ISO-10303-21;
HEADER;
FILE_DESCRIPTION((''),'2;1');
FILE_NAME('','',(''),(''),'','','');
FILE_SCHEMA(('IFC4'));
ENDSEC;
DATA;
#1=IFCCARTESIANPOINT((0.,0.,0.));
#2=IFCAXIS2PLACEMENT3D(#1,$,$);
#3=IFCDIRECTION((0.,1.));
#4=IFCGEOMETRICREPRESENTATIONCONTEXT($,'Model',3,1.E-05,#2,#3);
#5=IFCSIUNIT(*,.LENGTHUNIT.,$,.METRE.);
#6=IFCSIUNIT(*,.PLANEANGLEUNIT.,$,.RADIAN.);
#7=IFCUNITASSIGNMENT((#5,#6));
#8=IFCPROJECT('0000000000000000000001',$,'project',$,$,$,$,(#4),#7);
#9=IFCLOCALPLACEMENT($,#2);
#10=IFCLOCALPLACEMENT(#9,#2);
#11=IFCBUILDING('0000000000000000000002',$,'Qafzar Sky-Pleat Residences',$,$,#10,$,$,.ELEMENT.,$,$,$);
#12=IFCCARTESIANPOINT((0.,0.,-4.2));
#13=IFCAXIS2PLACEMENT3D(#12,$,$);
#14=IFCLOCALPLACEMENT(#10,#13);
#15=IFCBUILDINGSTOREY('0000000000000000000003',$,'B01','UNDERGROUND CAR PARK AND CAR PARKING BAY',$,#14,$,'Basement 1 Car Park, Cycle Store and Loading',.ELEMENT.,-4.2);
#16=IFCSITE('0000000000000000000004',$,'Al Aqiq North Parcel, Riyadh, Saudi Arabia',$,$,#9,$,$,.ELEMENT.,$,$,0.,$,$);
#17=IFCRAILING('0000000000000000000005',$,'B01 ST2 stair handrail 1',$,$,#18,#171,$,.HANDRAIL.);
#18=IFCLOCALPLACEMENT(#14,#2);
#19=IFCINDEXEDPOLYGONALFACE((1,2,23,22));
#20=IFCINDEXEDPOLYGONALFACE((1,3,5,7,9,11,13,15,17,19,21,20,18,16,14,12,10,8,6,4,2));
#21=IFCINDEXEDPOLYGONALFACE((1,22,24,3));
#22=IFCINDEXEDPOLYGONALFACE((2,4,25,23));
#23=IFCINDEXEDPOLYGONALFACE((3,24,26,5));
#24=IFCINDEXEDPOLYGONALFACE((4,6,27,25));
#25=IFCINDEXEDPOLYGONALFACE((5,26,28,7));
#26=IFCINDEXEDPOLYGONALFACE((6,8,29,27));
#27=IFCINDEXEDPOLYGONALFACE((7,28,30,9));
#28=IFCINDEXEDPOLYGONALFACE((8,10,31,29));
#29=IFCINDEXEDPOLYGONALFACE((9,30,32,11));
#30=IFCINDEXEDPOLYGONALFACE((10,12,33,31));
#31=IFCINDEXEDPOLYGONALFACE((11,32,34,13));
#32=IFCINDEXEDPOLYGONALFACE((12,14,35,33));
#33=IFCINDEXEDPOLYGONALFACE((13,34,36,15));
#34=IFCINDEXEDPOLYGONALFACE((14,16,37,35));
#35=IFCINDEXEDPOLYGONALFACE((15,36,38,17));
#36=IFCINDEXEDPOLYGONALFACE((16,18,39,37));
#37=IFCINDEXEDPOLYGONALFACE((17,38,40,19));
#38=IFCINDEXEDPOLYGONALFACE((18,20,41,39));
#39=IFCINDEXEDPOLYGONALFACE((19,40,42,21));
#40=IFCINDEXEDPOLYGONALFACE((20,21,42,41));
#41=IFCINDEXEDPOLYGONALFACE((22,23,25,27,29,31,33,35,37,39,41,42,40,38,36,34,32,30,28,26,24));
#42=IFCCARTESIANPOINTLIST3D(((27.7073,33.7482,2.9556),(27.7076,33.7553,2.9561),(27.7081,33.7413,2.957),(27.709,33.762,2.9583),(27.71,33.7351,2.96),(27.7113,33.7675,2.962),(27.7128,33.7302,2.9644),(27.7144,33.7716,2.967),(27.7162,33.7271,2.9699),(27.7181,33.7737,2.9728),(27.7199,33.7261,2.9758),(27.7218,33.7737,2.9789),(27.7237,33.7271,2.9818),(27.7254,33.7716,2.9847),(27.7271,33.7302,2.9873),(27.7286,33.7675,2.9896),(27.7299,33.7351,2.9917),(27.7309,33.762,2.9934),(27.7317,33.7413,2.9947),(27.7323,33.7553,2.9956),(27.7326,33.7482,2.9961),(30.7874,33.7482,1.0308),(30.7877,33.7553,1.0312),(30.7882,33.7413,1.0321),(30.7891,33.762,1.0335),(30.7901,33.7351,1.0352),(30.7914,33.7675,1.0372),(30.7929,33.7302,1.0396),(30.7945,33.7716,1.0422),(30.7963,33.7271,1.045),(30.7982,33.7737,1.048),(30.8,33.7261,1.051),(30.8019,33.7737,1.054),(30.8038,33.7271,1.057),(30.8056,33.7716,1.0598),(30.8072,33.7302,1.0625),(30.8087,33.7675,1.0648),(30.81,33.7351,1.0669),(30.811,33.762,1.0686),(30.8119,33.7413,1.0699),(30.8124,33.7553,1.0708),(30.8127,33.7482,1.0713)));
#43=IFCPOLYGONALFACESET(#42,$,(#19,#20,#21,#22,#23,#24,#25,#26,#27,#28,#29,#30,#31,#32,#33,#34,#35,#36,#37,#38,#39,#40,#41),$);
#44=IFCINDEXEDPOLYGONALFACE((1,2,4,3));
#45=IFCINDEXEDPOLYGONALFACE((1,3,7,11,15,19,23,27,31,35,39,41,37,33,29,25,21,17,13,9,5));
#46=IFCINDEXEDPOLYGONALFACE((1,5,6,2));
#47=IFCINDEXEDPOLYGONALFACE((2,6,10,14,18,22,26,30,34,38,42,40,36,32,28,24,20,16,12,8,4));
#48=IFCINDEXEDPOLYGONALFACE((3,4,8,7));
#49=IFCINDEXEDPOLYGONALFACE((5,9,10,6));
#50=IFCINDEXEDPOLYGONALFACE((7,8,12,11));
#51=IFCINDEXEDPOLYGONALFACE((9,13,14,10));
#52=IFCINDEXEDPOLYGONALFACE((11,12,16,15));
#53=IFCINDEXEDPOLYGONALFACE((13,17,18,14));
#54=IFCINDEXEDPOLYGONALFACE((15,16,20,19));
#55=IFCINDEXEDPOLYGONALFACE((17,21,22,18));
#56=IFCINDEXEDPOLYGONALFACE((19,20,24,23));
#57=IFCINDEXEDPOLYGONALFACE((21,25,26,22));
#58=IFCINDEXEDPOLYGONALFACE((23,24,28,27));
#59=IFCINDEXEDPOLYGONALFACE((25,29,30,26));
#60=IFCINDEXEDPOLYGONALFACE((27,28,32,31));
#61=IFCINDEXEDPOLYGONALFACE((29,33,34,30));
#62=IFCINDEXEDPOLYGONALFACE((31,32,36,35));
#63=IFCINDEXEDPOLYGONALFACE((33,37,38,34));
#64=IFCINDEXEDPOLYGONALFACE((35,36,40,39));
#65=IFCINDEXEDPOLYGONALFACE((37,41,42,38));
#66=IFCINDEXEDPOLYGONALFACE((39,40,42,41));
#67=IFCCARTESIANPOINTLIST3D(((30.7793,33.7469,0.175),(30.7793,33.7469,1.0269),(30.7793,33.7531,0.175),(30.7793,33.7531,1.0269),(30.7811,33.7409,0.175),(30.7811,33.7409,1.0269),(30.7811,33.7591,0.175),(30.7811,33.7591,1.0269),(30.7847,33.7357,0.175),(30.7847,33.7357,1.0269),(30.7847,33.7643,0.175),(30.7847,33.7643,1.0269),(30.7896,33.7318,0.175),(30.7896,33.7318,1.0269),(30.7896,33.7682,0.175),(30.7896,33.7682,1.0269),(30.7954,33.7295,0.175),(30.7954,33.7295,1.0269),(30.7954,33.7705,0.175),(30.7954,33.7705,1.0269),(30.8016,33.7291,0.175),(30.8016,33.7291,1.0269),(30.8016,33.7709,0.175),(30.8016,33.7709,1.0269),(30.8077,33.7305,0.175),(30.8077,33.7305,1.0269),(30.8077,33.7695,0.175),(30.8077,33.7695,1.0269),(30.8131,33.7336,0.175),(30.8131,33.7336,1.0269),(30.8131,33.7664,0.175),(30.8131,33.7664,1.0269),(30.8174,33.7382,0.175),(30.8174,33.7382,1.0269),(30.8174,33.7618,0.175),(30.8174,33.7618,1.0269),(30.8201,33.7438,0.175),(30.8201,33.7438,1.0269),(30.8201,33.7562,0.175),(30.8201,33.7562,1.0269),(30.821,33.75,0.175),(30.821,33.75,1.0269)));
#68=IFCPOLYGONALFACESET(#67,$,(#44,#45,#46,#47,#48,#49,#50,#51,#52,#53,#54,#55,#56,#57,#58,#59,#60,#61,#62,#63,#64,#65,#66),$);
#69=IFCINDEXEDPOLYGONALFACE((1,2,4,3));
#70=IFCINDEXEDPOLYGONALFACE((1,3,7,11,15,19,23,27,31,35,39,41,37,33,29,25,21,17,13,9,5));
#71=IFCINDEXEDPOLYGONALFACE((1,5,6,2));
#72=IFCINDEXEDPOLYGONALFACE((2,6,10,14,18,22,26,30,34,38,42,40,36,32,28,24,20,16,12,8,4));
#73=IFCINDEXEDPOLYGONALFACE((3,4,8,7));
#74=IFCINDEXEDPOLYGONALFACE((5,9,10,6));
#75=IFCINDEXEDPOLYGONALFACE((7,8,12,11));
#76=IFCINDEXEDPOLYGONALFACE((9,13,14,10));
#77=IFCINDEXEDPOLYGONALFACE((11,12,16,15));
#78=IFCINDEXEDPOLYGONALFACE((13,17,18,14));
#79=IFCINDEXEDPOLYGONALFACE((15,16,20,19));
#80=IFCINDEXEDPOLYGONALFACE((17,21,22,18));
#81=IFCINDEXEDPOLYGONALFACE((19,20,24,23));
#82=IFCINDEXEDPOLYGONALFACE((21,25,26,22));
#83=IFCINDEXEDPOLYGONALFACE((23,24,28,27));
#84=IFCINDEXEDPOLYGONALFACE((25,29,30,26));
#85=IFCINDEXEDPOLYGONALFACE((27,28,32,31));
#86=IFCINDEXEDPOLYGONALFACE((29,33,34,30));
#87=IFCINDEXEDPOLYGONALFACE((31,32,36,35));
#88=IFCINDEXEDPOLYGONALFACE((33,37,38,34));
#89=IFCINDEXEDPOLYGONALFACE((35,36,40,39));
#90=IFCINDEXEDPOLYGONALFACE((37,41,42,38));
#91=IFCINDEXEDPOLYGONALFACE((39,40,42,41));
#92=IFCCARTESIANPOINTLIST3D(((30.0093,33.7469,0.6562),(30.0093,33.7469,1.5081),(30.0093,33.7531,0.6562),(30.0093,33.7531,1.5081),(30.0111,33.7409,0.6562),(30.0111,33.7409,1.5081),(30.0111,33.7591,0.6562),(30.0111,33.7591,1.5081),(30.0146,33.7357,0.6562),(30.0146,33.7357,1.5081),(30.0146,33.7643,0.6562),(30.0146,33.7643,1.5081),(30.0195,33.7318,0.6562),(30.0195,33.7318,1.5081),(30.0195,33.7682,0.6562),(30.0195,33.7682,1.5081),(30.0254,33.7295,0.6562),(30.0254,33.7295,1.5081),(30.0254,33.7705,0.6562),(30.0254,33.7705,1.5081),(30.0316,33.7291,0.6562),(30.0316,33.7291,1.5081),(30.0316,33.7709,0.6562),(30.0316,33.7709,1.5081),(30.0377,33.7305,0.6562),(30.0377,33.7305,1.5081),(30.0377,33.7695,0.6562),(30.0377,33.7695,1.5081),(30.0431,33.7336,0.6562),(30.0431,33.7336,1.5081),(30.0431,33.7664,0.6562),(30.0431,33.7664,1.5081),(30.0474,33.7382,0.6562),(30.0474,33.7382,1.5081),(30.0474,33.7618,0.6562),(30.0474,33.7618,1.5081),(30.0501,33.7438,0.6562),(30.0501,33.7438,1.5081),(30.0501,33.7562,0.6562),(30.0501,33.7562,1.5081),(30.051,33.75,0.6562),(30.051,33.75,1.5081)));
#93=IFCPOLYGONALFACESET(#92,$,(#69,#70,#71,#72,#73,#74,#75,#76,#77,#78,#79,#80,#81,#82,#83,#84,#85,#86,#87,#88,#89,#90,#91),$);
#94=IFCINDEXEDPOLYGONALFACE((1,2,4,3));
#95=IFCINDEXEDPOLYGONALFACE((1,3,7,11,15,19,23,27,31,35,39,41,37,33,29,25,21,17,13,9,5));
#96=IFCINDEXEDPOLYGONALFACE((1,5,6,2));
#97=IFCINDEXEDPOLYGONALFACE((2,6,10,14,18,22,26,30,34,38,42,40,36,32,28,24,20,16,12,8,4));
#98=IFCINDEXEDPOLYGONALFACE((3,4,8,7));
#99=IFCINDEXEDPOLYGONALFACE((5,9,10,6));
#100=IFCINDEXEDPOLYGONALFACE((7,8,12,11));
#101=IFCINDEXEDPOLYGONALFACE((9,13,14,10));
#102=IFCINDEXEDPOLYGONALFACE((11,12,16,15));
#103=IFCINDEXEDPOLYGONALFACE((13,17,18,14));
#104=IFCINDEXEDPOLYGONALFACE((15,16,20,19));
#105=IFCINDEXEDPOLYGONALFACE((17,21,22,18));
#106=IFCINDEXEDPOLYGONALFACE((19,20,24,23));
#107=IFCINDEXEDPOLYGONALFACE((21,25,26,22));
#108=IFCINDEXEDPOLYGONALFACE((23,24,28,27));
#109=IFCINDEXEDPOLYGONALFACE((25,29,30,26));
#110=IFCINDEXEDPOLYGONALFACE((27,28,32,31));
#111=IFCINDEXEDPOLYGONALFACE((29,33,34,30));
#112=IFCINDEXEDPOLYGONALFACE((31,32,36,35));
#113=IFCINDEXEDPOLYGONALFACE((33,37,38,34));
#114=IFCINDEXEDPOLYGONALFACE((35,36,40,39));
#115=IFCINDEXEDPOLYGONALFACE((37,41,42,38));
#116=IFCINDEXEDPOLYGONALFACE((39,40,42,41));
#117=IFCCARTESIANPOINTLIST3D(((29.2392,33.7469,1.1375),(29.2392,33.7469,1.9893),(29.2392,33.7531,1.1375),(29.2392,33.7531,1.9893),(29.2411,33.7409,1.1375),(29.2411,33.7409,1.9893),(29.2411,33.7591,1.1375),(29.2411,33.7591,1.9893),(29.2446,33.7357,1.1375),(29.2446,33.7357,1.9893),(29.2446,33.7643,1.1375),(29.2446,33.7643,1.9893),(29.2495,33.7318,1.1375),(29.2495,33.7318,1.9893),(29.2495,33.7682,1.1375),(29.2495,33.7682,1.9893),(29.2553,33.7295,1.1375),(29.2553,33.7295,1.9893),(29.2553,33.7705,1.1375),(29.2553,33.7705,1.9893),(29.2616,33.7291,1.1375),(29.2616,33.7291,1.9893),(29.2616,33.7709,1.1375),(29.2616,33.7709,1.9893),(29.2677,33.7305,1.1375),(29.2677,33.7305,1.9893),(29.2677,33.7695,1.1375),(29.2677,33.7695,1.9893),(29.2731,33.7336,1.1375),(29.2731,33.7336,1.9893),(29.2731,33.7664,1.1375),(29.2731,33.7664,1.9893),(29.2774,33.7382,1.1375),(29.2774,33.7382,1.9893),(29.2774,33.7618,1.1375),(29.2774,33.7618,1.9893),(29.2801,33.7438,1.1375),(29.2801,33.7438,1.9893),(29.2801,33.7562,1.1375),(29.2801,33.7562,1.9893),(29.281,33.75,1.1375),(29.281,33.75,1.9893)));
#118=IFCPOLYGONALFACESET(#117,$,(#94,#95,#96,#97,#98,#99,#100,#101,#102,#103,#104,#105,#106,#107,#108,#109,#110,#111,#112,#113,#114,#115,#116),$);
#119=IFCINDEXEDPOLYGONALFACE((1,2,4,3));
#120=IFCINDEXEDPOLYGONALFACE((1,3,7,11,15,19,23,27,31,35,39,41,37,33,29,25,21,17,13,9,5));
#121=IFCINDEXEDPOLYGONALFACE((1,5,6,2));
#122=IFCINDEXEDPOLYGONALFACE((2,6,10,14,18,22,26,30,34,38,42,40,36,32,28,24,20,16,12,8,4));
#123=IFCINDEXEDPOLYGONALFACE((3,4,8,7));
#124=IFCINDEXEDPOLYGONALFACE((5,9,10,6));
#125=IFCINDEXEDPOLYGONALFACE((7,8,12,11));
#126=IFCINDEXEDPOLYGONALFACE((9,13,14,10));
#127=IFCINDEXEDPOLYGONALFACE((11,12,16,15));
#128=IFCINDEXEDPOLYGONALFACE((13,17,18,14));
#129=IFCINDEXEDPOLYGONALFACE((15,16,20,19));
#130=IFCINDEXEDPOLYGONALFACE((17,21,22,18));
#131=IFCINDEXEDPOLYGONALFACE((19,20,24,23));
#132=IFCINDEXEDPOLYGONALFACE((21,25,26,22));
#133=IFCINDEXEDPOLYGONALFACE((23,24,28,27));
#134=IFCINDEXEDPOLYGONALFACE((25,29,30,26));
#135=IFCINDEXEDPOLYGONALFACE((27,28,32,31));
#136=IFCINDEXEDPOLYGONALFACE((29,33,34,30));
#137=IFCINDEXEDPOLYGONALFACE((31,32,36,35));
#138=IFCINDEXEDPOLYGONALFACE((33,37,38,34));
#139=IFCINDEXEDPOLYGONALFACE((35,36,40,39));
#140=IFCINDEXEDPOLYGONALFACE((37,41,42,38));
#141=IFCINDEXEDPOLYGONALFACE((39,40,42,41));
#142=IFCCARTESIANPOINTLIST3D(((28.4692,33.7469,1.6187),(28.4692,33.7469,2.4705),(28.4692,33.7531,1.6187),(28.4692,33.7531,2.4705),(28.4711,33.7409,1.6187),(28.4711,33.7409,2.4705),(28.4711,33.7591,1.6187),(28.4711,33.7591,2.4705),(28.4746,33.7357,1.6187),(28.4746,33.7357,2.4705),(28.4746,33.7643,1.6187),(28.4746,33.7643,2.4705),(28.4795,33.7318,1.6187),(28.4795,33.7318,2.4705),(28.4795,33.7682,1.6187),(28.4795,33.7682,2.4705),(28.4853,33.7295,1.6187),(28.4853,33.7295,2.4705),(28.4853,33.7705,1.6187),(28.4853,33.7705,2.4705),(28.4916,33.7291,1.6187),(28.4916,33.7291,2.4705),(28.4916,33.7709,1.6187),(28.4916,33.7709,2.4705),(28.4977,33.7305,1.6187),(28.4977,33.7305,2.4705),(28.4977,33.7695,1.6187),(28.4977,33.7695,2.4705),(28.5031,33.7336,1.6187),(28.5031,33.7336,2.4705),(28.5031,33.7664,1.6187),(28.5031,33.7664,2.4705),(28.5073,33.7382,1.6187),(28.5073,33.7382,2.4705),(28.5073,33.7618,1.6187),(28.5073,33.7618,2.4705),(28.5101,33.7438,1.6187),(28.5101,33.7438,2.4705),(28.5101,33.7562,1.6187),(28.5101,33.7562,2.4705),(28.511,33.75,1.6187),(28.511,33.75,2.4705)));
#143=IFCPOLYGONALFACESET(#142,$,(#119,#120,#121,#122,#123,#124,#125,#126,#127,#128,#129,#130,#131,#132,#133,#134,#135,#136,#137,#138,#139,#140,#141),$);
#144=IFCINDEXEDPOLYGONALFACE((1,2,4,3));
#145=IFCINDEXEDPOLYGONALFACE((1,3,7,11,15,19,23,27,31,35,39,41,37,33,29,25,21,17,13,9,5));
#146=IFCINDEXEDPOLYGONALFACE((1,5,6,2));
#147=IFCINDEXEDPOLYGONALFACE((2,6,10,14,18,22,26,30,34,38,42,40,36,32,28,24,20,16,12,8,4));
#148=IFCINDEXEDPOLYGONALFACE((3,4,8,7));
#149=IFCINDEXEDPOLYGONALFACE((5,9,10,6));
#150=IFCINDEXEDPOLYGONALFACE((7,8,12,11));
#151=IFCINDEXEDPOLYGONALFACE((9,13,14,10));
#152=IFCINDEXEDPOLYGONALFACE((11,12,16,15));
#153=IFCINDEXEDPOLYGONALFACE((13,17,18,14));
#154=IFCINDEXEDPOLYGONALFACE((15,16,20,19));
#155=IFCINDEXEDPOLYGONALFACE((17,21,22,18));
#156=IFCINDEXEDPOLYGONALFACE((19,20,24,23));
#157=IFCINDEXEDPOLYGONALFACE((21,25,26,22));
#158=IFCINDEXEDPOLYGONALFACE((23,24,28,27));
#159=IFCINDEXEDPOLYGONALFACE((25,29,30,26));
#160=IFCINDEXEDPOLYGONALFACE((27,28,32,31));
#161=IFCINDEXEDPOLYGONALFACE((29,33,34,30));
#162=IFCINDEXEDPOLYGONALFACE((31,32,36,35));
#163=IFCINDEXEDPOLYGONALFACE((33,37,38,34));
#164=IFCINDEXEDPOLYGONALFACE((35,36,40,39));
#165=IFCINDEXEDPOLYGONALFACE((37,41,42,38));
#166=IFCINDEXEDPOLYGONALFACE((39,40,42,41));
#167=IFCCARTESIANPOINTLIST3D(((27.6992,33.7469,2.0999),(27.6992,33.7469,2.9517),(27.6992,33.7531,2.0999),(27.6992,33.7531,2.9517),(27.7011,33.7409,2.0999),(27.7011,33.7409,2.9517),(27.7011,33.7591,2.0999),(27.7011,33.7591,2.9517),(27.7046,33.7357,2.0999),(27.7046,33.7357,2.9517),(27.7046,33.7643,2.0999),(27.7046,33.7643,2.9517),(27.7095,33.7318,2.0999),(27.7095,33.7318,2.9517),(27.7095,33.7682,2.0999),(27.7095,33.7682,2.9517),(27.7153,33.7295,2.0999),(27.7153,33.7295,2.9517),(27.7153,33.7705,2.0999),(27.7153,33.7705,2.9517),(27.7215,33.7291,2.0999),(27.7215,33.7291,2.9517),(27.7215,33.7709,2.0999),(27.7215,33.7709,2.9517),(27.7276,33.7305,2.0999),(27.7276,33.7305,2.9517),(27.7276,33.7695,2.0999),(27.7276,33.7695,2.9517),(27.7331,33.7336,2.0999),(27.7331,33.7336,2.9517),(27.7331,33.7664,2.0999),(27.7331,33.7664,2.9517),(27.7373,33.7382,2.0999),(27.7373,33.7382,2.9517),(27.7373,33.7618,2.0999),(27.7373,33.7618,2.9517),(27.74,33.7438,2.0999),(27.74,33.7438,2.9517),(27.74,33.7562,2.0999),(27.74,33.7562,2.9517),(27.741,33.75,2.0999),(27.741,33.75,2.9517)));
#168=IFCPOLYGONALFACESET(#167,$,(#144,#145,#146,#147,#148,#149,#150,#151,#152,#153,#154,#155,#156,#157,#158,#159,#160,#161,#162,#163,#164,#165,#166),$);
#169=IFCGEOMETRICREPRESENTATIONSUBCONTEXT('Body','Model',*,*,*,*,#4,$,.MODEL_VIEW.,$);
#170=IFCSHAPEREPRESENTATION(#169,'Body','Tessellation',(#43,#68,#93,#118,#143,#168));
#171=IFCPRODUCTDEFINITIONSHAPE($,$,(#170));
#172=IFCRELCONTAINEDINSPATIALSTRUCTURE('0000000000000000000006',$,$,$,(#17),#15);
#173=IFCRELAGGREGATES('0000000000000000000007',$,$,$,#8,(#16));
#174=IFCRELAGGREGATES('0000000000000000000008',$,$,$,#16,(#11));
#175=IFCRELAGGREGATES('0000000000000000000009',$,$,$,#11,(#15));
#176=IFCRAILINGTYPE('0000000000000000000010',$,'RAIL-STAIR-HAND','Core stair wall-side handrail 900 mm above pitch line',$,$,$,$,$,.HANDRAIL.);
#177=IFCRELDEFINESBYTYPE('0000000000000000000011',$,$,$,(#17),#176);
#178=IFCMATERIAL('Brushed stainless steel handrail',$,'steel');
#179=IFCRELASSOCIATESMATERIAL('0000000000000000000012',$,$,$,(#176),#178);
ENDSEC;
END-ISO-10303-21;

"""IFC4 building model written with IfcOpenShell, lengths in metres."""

from ifc_helpers import new_model, si_unit, direction, frame, origin, origin_2d, place, context, subcontext, project, spatial, circle, extrude, source, transform, mapped, material, type_object, element, save


model = new_model("IFC4")

# Units and contexts
model_context = context("Model", 3, precision=1e-05, world=origin(), true_north=direction((0.0, 1.0)))
body_context = subcontext(model_context, "Body", "Model", "MODEL_VIEW")
ifc_project = project(units=[si_unit("LENGTHUNIT", "METRE"), si_unit("PLANEANGLEUNIT", "RADIAN")], contexts=[model_context])

# Site, building, storey
site_placement = place(None, origin())
site = spatial("IfcSite", under=ifc_project, at=site_placement, Name="Al Aqiq North Parcel, Riyadh, Saudi Arabia", CompositionType="ELEMENT", RefElevation=0.0)
building_placement = place(site_placement, origin())
building = spatial("IfcBuilding", under=site, at=building_placement, Name="Qafzar Sky-Pleat Residences", CompositionType="ELEMENT")
storey_placement = place(building_placement, frame((0.0, 0.0, -4.2)))
storey = spatial("IfcBuildingStorey", under=building, at=storey_placement, Name="B01", Description="UNDERGROUND CAR PARK AND CAR PARKING BAY", LongName="Basement 1 Car Park, Cycle Store and Loading", CompositionType="ELEMENT", Elevation=-4.2)

# Railing
ifc_material_1 = material(Name="Brushed stainless steel handrail", Category="steel")
railing_type_1 = type_object("IfcRailingType", Name="RAIL-STAIR-HAND", Description="Core stair wall-side handrail 900 mm above pitch line", PredefinedType="HANDRAIL", material=ifc_material_1)
shared_shape_1 = source(origin(), body_context, "Body", "SweptSolid", [
    extrude(circle(Radius=0.0239, at=origin_2d()), frame((0.0, 0.0, 0.876), z_axis=(-0.848029, 0.0, 0.529951), x_axis=(0.0, -1.0, 0.0)), (0.0, 0.0, 1.0), 3.6321),
    extrude(circle(Radius=0.021, at=origin_2d()), origin(), (0.0, 0.0, 1.0), 0.8518),
    extrude(circle(Radius=0.021, at=origin_2d()), frame((-0.77, 0.0, 0.4812)), (0.0, 0.0, 1.0), 0.8518),
    extrude(circle(Radius=0.021, at=origin_2d()), frame((-1.54, 0.0, 0.9624)), (0.0, 0.0, 1.0), 0.8518),
    extrude(circle(Radius=0.021, at=origin_2d()), frame((-2.3101, 0.0, 1.4436)), (0.0, 0.0, 1.0), 0.8518),
    extrude(circle(Radius=0.021, at=origin_2d()), frame((-3.0801, 0.0, 1.9248)), (0.0, 0.0, 1.0), 0.8518),
])
railing_1_placement = place(storey_placement, frame((30.8, 33.75, 0.175)))
element("IfcRailing", 1, at=railing_1_placement, inside=storey, type_object=railing_type_1, Name="B01 ST2 stair handrail 1", PredefinedType="HANDRAIL", context=body_context, shape_type="MappedRepresentation", body=[
    mapped(shared_shape_1, transform((0.0, 0.0, 0.0), x_axis=(1.0, 0.0, 0.0), y_axis=(0.0, 1.0, 0.0), z_axis=(0.0, 0.0, 1.0), scale=1.0)),
])

save(model, "model.ifc")
